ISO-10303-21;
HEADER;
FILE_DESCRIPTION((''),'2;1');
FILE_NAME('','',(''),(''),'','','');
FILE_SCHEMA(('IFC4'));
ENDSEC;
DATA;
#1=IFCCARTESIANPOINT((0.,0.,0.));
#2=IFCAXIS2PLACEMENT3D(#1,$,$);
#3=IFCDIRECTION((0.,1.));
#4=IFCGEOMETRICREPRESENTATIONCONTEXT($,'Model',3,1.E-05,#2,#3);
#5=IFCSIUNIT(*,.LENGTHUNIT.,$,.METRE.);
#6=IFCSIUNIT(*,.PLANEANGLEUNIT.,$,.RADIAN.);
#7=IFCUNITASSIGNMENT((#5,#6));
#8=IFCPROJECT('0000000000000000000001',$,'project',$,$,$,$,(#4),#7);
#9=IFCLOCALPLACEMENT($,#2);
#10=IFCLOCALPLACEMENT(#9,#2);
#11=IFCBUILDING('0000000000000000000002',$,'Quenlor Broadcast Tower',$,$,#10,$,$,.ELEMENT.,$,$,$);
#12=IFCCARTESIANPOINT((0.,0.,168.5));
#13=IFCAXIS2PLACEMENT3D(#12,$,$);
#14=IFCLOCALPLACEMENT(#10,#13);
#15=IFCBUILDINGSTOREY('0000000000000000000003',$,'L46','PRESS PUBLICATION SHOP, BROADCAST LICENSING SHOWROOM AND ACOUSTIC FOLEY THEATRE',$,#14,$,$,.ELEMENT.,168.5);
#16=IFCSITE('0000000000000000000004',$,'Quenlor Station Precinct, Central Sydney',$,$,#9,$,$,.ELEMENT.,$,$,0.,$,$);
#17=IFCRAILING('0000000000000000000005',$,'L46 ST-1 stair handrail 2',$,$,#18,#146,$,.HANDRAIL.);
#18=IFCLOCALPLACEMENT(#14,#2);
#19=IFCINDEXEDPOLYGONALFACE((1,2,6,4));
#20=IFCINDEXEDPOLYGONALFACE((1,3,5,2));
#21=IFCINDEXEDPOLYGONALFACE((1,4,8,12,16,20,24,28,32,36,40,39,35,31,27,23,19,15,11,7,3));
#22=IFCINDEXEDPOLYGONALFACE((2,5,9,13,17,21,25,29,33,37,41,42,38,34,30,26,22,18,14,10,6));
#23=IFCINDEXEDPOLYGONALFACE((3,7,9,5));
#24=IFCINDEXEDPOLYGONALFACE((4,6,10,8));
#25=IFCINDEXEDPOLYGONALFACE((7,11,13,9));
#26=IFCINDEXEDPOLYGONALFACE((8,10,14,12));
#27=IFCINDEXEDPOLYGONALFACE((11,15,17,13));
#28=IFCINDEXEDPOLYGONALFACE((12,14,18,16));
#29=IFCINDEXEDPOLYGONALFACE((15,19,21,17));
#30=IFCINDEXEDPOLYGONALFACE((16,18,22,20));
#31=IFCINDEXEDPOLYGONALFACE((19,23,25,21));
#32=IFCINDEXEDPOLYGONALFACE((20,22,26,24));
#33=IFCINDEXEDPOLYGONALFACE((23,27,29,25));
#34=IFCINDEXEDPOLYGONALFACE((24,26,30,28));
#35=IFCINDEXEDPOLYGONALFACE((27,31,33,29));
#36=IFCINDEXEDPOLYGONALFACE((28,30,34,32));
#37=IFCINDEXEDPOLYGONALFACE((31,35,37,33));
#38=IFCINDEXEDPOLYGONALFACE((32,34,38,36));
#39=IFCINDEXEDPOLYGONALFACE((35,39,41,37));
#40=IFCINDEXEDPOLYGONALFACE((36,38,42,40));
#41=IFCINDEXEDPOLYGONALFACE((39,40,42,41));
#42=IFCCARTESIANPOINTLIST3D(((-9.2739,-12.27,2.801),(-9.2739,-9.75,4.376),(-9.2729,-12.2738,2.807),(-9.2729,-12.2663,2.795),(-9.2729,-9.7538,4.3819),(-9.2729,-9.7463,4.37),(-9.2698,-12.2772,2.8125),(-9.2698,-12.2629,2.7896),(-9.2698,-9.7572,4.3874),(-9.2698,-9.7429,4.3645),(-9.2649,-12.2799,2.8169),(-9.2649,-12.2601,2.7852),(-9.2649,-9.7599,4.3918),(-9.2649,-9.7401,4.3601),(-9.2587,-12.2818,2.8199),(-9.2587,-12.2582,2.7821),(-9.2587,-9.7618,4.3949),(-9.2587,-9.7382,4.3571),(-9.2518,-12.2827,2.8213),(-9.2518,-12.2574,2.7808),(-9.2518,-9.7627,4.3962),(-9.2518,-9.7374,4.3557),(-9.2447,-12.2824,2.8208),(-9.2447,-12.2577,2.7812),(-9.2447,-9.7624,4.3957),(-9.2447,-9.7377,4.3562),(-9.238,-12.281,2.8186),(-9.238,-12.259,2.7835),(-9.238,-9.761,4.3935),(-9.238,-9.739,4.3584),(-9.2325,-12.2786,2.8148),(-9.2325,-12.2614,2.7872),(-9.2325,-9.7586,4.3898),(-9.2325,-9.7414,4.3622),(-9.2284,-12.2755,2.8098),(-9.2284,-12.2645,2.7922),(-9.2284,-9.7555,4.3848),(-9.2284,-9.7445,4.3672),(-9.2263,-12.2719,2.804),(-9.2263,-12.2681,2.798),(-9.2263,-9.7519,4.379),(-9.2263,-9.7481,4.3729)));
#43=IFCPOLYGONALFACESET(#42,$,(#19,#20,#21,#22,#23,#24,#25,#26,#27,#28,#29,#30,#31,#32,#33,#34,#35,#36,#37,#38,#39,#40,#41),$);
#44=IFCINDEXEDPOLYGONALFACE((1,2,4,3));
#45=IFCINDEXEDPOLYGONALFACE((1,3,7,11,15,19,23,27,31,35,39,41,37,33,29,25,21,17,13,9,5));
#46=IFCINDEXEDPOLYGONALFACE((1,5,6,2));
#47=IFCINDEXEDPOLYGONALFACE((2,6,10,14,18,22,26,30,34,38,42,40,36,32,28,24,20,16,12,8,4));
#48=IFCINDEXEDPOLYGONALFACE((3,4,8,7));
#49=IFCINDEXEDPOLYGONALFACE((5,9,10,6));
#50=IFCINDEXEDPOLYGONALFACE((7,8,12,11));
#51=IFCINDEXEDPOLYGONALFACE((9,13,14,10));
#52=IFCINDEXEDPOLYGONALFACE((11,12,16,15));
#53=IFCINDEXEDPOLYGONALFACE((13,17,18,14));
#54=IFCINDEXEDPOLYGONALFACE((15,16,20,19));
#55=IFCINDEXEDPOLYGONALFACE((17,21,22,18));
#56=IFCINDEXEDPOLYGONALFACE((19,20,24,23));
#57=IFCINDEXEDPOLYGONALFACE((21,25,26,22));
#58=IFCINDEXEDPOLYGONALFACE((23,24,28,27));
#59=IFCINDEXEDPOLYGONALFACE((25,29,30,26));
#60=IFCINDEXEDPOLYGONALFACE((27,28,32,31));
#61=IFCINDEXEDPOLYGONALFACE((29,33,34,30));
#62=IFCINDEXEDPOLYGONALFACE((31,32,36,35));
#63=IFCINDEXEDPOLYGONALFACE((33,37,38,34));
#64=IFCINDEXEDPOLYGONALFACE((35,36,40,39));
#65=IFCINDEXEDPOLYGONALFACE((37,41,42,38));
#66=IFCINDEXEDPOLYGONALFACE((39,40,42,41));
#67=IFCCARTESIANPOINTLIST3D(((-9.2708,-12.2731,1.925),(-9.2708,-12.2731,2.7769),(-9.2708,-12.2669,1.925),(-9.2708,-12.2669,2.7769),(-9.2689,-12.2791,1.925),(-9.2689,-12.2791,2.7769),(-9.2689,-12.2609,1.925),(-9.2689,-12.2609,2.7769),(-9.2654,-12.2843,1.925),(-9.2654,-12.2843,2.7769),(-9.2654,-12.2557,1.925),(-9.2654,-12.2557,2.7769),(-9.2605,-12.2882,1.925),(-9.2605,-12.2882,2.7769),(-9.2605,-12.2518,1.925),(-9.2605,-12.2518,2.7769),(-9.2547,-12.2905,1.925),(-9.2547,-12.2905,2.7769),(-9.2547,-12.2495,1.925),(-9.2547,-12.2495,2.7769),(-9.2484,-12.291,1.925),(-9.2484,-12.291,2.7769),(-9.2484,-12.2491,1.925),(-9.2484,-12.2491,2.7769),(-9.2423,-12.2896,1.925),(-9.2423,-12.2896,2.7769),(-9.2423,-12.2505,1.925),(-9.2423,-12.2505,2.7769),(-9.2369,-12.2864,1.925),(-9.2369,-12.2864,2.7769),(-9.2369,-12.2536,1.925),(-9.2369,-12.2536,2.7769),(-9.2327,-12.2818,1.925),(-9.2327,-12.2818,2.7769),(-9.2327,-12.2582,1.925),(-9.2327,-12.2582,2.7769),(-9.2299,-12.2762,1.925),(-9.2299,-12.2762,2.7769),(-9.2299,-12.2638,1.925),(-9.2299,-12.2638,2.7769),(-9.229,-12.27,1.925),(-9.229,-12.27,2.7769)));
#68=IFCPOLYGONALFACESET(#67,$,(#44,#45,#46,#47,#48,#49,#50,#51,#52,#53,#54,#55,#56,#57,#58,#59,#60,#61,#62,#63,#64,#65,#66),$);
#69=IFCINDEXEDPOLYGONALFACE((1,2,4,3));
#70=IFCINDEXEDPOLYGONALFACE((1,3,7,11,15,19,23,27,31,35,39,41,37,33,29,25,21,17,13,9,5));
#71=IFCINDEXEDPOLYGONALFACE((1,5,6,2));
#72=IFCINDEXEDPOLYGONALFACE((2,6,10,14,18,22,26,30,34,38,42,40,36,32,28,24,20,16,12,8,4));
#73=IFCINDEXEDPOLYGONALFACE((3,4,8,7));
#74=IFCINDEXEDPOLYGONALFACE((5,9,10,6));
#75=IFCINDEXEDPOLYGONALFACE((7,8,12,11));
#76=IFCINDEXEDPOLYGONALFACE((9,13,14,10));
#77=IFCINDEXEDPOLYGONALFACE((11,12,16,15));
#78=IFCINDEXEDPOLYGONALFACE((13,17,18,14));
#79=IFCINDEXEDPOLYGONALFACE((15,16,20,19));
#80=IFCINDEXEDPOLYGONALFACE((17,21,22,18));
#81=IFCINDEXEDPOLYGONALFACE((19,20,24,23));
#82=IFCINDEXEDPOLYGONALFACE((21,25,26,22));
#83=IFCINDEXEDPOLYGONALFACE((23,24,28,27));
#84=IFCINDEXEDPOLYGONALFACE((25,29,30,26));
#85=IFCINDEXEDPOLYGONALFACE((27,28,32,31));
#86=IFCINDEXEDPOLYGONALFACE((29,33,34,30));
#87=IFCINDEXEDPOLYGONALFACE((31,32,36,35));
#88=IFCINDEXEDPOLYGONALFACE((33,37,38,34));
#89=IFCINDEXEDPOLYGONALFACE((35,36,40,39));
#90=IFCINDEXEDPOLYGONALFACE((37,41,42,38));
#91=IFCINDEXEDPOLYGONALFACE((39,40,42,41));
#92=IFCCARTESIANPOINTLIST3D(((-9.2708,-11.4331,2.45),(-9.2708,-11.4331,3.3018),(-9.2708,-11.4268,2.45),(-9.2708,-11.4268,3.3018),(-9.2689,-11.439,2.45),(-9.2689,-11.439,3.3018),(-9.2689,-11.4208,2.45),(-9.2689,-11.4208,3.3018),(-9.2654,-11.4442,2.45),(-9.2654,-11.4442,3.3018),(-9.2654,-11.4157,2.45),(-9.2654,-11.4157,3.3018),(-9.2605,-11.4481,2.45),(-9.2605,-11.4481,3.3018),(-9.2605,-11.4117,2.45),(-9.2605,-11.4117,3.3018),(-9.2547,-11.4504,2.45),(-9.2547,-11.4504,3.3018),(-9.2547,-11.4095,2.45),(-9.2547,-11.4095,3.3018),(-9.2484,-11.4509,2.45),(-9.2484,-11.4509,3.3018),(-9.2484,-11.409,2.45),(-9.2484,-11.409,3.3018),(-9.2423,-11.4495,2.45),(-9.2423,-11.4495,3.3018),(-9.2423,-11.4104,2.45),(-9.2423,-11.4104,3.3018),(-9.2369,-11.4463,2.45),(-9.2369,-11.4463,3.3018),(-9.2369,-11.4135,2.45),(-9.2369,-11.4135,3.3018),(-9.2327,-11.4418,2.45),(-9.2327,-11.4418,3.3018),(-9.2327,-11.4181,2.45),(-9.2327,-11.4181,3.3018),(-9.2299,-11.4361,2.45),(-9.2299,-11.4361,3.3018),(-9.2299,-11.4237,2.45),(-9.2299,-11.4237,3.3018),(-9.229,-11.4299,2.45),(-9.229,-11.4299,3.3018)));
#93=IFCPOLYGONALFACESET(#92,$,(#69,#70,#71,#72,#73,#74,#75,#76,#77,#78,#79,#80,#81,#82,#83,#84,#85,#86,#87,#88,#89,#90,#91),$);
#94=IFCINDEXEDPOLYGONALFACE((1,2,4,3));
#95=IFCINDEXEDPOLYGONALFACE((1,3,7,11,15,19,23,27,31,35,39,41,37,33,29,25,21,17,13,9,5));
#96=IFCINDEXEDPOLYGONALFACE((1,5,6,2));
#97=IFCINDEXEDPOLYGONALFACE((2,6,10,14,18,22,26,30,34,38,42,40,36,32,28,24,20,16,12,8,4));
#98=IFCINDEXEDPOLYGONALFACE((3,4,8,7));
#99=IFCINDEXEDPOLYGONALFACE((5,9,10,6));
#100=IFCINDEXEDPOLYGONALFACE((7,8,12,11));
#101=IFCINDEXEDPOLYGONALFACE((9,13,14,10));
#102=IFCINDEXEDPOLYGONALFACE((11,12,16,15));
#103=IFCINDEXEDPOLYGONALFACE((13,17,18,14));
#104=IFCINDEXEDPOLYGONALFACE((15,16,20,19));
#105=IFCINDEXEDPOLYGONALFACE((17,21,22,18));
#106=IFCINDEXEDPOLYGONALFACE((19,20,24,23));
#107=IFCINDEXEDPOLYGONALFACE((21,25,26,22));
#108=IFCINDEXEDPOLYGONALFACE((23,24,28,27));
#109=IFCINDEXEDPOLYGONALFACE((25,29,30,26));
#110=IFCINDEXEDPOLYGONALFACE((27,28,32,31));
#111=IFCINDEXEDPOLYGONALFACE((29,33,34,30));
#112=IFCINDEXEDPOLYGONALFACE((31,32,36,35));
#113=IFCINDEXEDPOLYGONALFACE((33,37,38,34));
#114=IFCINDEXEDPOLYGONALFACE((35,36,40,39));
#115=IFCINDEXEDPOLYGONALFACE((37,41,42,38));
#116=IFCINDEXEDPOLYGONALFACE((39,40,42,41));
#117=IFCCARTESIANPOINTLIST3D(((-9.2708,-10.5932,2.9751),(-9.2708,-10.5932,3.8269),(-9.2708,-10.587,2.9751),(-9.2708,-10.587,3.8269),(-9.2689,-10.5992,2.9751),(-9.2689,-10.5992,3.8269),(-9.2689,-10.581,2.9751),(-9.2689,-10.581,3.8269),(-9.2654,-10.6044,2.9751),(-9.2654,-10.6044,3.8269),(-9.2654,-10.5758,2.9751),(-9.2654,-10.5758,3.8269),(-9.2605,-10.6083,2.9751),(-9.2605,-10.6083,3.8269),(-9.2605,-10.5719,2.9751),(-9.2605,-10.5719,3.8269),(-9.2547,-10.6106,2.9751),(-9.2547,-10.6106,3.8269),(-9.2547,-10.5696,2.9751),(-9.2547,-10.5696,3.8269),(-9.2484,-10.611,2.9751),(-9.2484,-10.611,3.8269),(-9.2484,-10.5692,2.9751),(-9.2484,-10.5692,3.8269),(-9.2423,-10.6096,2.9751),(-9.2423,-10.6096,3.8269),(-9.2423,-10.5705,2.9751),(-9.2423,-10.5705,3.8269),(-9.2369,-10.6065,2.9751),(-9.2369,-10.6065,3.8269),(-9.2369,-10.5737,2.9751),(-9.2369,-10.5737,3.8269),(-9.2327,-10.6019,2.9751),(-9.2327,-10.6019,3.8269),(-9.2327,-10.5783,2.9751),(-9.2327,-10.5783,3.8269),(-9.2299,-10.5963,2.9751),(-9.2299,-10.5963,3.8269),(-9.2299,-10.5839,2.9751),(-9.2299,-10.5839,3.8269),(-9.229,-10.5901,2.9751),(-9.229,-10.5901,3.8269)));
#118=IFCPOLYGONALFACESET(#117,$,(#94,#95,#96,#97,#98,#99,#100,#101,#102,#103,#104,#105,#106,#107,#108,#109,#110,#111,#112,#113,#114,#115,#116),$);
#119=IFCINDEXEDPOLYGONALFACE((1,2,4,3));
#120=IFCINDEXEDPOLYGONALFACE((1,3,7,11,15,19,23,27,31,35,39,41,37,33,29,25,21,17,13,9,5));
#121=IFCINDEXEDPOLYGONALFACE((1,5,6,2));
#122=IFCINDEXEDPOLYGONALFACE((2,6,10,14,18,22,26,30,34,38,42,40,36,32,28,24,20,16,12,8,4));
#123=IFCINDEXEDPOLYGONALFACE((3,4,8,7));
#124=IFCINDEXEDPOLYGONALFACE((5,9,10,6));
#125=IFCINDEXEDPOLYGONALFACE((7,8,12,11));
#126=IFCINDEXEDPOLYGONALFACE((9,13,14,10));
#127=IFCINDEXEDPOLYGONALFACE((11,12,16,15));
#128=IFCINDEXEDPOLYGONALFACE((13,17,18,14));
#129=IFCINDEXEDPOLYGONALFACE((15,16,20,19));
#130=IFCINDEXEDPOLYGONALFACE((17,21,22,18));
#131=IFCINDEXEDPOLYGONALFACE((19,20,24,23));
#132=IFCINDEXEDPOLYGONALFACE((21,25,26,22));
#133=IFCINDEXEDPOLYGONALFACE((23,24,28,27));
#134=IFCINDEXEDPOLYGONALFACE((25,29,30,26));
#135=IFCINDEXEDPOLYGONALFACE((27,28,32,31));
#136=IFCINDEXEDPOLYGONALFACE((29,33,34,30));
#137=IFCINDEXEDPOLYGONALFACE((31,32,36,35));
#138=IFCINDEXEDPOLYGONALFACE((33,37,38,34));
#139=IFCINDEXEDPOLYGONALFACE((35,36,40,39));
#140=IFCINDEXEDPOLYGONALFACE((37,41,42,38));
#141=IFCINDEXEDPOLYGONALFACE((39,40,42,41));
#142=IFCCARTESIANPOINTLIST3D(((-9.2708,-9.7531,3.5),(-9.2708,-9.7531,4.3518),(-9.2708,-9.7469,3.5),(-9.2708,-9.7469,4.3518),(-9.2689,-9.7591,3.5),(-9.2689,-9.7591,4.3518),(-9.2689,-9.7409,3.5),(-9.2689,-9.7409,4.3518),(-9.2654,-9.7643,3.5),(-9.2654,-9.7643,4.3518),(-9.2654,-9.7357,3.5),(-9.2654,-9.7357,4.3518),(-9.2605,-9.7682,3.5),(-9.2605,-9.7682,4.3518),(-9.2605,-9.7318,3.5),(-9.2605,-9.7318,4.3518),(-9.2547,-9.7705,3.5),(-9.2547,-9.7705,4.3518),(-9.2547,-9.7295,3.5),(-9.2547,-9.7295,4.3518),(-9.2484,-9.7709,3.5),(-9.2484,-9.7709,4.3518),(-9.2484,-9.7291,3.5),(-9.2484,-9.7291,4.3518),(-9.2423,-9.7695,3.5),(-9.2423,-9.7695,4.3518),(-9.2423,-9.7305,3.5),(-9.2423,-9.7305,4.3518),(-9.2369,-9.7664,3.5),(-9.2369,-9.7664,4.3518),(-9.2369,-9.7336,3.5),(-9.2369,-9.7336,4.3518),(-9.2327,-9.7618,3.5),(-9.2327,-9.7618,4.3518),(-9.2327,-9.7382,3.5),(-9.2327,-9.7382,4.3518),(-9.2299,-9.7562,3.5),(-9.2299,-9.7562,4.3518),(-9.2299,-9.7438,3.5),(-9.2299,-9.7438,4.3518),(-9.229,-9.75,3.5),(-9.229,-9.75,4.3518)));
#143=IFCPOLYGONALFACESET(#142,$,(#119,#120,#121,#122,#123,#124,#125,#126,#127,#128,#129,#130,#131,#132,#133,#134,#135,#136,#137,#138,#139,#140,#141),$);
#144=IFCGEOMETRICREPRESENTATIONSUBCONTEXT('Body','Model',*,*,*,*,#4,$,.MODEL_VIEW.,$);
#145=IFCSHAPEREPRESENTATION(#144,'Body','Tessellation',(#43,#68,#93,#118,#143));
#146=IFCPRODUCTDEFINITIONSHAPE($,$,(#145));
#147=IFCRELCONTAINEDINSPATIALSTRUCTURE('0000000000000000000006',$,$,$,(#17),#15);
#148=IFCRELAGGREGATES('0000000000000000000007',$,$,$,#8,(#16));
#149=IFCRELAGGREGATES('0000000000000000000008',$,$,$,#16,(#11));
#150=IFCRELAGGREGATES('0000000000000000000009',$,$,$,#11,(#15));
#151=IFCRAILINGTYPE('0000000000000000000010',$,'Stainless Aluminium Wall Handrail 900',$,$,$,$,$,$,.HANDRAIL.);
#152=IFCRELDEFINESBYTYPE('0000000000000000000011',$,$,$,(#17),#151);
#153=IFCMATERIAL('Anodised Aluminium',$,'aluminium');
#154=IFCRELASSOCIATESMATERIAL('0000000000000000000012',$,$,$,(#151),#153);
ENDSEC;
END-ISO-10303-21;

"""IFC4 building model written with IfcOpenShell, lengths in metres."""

from ifc_helpers import new_model, si_unit, direction, frame, origin, origin_2d, place, context, subcontext, project, spatial, circle, extrude, material, type_object, element, save


model = new_model("IFC4")

# Units and contexts
model_context = context("Model", 3, precision=1e-05, world=origin(), true_north=direction((0.0, 1.0)))
body_context = subcontext(model_context, "Body", "Model", "MODEL_VIEW")
ifc_project = project(units=[si_unit("LENGTHUNIT", "METRE"), si_unit("PLANEANGLEUNIT", "RADIAN")], contexts=[model_context])

# Site, building, storey
site_placement = place(None, origin())
site = spatial("IfcSite", under=ifc_project, at=site_placement, Name="Quenlor Station Precinct, Central Sydney", CompositionType="ELEMENT", RefElevation=0.0)
building_placement = place(site_placement, origin())
building = spatial("IfcBuilding", under=site, at=building_placement, Name="Quenlor Broadcast Tower", CompositionType="ELEMENT")
storey_placement = place(building_placement, frame((0.0, 0.0, 168.5)))
storey = spatial("IfcBuildingStorey", under=building, at=storey_placement, Name="L46", Description="PRESS PUBLICATION SHOP, BROADCAST LICENSING SHOWROOM AND ACOUSTIC FOLEY THEATRE", CompositionType="ELEMENT", Elevation=168.5)

# Railing
ifc_material_1 = material(Name="Anodised Aluminium", Category="aluminium")
railing_type_1 = type_object("IfcRailingType", Name="Stainless Aluminium Wall Handrail 900", PredefinedType="HANDRAIL", material=ifc_material_1)
railing_1_placement = place(storey_placement, frame((-9.25, -12.27, 1.925)))
element("IfcRailing", 1, at=railing_1_placement, inside=storey, type_object=railing_type_1, Name="L46 ST-1 stair handrail 2", PredefinedType="HANDRAIL", context=body_context, shape_type="SweptSolid", body=[
    extrude(circle(Radius=0.0239, at=origin_2d()), frame((0.0, 0.0, 0.876), z_axis=(0.0, 0.848008, 0.529984), x_axis=(-1.0, 0.0, 0.0)), (0.0, 0.0, 1.0), 2.9717),
    extrude(circle(Radius=0.021, at=origin_2d()), origin(), (0.0, 0.0, 1.0), 0.8518),
    extrude(circle(Radius=0.021, at=origin_2d()), frame((0.0, 0.8401, 0.5249)), (0.0, 0.0, 1.0), 0.8518),
    extrude(circle(Radius=0.021, at=origin_2d()), frame((0.0, 1.6799, 1.05)), (0.0, 0.0, 1.0), 0.8518),
    extrude(circle(Radius=0.021, at=origin_2d()), frame((0.0, 2.52, 1.575)), (0.0, 0.0, 1.0), 0.8518),
])

save(model, "model.ifc")
